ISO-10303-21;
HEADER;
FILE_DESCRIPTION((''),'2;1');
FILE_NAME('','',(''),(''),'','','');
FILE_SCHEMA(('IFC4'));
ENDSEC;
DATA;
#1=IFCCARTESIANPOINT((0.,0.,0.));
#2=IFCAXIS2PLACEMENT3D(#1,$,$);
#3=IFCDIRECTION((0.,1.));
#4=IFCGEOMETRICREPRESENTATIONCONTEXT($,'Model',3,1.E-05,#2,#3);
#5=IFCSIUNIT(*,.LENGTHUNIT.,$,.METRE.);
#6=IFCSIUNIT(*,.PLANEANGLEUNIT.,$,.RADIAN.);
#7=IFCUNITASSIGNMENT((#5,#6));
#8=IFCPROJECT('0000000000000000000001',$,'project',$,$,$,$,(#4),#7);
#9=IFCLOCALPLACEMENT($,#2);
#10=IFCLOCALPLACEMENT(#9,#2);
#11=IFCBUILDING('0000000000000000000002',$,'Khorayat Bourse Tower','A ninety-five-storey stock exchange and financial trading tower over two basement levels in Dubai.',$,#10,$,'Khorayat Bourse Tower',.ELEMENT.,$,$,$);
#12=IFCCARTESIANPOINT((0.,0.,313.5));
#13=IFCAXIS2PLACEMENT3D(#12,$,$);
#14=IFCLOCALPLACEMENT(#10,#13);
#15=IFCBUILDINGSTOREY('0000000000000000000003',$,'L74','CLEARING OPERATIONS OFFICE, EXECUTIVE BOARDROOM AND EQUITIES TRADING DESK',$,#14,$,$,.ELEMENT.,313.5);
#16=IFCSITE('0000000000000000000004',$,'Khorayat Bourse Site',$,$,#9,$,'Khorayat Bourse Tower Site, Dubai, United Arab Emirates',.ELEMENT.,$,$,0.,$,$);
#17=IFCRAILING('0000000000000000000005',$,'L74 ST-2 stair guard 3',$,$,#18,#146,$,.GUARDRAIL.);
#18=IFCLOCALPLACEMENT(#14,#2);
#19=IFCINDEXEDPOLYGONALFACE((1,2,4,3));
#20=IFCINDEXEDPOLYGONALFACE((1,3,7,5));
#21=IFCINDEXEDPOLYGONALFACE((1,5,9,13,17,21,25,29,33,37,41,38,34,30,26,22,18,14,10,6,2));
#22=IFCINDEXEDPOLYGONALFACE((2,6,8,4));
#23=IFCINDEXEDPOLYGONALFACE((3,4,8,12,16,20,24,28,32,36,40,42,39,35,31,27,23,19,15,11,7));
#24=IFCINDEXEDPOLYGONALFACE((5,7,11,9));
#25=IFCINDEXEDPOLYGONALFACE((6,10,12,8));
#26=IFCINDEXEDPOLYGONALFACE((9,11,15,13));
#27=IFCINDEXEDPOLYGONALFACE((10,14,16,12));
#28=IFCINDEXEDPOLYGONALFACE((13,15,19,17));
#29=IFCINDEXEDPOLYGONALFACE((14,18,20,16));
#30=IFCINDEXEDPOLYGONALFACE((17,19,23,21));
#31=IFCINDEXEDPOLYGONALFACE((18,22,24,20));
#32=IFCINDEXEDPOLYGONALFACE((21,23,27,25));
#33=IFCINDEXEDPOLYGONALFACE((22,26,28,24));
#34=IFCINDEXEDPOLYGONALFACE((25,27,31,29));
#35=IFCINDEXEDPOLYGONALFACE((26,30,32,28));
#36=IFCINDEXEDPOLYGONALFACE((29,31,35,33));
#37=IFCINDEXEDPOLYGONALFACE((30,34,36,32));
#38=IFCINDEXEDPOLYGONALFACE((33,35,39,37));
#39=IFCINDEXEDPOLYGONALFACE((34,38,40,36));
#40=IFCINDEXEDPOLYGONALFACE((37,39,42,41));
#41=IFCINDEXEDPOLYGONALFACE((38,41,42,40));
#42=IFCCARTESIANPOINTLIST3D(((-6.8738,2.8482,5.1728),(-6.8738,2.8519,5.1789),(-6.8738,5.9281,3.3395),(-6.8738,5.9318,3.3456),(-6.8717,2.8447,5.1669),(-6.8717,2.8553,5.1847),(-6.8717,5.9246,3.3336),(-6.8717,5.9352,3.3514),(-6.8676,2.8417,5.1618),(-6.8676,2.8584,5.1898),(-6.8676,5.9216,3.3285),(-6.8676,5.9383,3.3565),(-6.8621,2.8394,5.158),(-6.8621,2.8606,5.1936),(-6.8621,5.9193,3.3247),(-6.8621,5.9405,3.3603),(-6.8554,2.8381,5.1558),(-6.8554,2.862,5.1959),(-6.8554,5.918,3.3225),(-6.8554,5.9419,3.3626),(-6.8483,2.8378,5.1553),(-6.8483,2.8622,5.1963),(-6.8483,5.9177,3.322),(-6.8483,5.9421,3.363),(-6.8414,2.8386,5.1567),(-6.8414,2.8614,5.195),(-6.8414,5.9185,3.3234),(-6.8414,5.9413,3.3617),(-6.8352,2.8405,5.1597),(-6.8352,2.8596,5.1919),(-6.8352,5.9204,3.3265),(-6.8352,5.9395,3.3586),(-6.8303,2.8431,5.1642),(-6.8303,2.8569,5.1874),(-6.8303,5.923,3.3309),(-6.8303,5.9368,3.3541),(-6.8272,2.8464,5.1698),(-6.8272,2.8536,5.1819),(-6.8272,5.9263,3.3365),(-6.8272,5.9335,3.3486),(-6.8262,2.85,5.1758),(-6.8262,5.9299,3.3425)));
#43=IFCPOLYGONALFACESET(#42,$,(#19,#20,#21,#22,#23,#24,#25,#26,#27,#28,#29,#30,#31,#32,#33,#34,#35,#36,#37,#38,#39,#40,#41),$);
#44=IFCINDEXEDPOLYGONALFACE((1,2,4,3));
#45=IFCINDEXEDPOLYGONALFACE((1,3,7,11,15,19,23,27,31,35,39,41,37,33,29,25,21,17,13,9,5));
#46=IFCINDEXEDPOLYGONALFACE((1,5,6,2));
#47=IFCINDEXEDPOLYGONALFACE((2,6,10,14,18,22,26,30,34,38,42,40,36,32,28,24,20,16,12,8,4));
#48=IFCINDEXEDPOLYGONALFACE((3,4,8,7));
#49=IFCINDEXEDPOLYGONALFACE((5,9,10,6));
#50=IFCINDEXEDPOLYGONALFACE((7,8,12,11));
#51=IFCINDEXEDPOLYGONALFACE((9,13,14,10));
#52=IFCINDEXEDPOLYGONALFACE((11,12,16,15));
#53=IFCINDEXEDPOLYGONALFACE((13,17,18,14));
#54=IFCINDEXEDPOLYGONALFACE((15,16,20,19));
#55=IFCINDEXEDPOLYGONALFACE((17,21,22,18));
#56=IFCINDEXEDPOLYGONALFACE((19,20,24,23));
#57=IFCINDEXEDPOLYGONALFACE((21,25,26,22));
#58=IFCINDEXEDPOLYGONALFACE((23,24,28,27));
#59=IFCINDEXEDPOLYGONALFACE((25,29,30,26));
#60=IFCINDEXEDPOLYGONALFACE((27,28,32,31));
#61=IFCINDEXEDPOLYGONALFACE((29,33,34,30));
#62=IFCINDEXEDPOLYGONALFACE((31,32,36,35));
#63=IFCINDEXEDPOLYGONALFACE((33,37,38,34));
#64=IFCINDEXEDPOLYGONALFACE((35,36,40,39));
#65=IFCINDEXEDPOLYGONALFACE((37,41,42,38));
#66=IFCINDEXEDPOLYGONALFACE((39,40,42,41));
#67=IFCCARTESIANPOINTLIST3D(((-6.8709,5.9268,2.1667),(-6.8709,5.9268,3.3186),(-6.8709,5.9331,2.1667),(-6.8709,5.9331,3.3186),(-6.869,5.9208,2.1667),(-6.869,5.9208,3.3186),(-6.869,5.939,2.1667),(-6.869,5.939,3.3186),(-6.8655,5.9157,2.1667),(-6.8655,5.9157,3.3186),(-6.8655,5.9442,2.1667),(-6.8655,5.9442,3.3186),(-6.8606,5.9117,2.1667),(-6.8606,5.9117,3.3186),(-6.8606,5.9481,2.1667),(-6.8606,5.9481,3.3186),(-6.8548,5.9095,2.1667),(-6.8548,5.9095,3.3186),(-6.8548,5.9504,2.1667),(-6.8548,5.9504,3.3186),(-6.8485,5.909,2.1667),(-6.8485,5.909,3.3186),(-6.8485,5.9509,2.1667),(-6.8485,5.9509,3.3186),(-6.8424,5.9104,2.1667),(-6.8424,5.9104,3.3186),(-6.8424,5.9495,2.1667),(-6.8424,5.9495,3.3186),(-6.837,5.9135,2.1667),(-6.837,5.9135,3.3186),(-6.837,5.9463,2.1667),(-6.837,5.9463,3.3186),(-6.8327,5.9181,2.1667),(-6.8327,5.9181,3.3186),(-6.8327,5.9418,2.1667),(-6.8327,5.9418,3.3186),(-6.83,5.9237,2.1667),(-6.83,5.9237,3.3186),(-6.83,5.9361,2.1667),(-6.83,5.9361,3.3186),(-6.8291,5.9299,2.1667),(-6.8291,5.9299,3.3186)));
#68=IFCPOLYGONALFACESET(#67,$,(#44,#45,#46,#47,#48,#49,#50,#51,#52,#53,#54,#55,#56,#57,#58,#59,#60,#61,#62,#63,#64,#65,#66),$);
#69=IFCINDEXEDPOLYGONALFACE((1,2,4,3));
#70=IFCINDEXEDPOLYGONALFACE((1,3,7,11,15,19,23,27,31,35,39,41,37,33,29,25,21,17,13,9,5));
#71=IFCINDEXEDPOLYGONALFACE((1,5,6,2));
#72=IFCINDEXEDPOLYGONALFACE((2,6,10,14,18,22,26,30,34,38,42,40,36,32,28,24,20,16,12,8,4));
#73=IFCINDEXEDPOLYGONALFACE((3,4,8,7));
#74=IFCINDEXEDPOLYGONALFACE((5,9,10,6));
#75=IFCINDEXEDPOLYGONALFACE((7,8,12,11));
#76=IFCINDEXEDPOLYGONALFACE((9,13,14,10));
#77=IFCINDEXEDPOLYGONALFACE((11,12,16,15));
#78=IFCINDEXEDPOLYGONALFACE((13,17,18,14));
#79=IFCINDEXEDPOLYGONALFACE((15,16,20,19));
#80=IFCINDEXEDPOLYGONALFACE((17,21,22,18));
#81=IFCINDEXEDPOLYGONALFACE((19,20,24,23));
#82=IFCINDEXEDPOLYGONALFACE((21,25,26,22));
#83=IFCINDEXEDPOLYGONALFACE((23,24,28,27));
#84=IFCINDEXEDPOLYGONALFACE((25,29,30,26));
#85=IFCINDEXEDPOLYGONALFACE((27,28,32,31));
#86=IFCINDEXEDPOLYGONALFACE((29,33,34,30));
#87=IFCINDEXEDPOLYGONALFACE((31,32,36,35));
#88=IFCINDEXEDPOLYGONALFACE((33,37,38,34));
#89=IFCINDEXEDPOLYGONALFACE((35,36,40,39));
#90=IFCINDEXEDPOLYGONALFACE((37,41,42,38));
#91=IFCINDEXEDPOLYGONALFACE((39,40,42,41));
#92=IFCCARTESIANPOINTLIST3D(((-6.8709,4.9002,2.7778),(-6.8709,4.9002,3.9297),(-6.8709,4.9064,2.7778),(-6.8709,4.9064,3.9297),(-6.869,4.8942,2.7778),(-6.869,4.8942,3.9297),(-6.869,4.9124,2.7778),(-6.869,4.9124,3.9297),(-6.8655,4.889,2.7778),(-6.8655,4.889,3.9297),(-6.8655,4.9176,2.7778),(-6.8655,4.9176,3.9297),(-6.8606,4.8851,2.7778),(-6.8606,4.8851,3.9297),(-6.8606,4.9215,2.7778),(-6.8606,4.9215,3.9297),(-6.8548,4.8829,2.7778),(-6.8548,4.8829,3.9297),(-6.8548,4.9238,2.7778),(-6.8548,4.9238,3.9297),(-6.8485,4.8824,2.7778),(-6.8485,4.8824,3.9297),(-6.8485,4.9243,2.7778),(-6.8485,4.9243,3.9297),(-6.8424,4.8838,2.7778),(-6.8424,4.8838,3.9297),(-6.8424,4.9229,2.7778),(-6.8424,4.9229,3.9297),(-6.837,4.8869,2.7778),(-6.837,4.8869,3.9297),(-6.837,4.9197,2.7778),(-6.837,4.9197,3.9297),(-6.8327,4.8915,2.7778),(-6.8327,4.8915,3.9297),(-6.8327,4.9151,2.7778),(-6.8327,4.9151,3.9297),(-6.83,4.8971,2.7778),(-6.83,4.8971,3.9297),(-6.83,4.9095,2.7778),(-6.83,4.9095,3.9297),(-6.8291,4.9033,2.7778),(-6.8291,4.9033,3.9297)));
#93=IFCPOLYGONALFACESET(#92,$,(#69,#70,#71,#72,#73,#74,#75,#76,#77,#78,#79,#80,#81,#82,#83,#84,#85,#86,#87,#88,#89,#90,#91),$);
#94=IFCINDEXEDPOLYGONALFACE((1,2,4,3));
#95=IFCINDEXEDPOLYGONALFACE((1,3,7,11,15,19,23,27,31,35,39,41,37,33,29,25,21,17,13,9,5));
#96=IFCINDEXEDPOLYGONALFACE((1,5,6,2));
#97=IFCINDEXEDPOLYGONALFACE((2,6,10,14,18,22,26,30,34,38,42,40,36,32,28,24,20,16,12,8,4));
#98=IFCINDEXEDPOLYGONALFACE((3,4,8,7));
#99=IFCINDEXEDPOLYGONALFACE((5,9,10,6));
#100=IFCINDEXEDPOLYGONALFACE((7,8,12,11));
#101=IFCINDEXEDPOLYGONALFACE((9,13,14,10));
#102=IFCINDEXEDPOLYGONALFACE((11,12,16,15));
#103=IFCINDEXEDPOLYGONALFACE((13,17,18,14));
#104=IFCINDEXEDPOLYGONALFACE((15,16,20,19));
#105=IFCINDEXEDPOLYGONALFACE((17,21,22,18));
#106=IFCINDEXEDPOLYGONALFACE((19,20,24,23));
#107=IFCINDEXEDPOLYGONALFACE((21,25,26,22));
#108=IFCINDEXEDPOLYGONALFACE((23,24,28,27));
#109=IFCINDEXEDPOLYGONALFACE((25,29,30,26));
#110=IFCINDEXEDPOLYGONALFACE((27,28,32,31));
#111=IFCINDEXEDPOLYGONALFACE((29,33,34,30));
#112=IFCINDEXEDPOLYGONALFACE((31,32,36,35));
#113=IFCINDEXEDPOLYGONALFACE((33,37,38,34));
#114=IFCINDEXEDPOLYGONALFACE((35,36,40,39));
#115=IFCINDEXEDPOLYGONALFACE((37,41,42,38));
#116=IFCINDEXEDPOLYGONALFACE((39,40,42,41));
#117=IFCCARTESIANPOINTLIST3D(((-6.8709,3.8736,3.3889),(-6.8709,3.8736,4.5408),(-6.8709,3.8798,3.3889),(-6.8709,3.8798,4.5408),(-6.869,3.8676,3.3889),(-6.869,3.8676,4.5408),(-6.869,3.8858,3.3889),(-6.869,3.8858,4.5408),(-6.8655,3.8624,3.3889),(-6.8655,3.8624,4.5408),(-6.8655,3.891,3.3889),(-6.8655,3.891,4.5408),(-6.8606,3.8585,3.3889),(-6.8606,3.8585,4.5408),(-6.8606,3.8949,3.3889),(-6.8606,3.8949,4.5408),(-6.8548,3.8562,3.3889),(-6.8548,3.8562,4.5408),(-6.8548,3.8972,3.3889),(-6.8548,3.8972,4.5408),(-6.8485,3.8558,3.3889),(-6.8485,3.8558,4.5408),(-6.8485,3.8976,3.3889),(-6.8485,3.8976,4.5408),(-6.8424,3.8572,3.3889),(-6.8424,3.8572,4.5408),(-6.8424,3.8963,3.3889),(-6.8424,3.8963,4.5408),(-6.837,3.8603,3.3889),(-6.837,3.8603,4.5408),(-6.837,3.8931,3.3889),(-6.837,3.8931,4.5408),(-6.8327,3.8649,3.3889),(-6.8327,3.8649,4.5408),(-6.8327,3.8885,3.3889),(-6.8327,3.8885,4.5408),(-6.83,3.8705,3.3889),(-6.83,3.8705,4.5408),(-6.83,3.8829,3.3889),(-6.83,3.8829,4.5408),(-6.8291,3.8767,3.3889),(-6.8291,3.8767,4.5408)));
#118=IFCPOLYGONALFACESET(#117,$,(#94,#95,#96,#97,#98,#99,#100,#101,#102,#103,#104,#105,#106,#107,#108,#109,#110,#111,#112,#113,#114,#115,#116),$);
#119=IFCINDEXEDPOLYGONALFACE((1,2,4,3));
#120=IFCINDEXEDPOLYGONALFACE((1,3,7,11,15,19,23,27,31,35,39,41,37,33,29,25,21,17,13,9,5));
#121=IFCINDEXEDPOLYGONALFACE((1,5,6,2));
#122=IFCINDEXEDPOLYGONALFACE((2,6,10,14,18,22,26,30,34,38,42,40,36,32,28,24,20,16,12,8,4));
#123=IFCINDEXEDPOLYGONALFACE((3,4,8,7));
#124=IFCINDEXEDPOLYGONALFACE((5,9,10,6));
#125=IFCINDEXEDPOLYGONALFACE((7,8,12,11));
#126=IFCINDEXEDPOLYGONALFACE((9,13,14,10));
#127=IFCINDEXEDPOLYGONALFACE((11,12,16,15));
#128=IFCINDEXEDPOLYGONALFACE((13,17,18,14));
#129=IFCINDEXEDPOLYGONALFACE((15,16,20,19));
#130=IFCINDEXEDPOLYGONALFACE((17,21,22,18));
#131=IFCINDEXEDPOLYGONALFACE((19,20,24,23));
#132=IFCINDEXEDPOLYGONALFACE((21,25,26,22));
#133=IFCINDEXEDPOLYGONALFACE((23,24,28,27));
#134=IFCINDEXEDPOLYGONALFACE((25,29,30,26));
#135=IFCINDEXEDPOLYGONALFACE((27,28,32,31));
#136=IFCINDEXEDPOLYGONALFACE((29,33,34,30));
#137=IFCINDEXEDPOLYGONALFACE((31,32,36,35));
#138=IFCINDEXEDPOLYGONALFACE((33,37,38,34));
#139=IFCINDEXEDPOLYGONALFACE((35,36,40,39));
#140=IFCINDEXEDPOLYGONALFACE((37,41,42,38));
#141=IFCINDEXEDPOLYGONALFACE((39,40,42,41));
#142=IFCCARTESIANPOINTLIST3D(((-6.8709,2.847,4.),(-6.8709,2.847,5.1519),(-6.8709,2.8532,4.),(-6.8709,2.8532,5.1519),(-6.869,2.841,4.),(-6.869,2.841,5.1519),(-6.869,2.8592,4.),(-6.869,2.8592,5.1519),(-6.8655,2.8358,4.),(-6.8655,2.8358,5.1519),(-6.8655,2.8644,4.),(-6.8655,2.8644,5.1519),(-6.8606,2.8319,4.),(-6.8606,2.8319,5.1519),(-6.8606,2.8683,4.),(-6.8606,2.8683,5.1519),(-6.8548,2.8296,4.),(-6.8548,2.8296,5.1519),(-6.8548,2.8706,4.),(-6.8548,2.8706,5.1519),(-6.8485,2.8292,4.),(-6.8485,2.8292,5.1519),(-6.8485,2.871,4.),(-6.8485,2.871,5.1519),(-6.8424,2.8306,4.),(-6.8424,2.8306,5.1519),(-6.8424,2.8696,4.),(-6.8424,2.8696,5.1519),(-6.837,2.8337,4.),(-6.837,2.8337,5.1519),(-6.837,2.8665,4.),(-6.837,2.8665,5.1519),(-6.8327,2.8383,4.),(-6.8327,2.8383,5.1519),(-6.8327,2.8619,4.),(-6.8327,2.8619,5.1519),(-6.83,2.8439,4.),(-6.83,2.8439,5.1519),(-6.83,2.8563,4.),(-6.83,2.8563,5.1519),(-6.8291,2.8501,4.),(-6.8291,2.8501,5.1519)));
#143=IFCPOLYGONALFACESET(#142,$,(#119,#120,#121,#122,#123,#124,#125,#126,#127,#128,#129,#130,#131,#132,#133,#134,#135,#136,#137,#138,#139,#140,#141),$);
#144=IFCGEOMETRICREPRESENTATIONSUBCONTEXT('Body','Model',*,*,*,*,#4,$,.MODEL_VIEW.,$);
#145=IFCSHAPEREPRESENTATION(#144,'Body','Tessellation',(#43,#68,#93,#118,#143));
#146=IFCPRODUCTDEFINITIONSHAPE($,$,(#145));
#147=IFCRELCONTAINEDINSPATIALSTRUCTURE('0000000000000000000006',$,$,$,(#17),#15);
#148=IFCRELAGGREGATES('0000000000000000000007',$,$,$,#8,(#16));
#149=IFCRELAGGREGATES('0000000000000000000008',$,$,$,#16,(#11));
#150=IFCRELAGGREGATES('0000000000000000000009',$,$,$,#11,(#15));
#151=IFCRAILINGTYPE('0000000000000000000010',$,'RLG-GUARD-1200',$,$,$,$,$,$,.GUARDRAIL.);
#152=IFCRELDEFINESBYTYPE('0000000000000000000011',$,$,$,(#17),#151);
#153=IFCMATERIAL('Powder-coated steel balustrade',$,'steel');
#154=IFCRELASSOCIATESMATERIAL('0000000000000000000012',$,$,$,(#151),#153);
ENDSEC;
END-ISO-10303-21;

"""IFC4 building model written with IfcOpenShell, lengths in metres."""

from ifc_helpers import new_model, si_unit, direction, frame, origin, origin_2d, place, context, subcontext, project, spatial, circle, extrude, source, transform, mapped, material, type_object, element, save


model = new_model("IFC4")

# Units and contexts
model_context = context("Model", 3, precision=1e-05, world=origin(), true_north=direction((0.0, 1.0)))
body_context = subcontext(model_context, "Body", "Model", "MODEL_VIEW")
ifc_project = project(units=[si_unit("LENGTHUNIT", "METRE"), si_unit("PLANEANGLEUNIT", "RADIAN")], contexts=[model_context])

# Site, building, storey
site_placement = place(None, origin())
site = spatial("IfcSite", under=ifc_project, at=site_placement, Name="Khorayat Bourse Site", LongName="Khorayat Bourse Tower Site, Dubai, United Arab Emirates", CompositionType="ELEMENT", RefElevation=0.0)
building_placement = place(site_placement, origin())
building = spatial("IfcBuilding", under=site, at=building_placement, Name="Khorayat Bourse Tower", Description="A ninety-five-storey stock exchange and financial trading tower over two basement levels in Dubai.", LongName="Khorayat Bourse Tower", CompositionType="ELEMENT")
storey_placement = place(building_placement, frame((0.0, 0.0, 313.5)))
storey = spatial("IfcBuildingStorey", under=building, at=storey_placement, Name="L74", Description="CLEARING OPERATIONS OFFICE, EXECUTIVE BOARDROOM AND EQUITIES TRADING DESK", CompositionType="ELEMENT", Elevation=313.5)

# Railing
ifc_material_1 = material(Name="Powder-coated steel balustrade", Category="steel")
railing_type_1 = type_object("IfcRailingType", Name="RLG-GUARD-1200", PredefinedType="GUARDRAIL", material=ifc_material_1)
shared_shape_1 = source(origin(), body_context, "Body", "SweptSolid", [
    extrude(circle(Radius=0.0239, at=origin_2d()), frame((0.0, 0.0, 1.1758), z_axis=(0.0, -0.859291, 0.511487), x_axis=(1.0, 0.0, 0.0)), (0.0, 0.0, 1.0), 3.5842),
    extrude(circle(Radius=0.021, at=origin_2d()), origin(), (0.0, 0.0, 1.0), 1.1519),
    extrude(circle(Radius=0.021, at=origin_2d()), frame((0.0, -1.0266, 0.6111)), (0.0, 0.0, 1.0), 1.1519),
    extrude(circle(Radius=0.021, at=origin_2d()), frame((0.0, -2.0532, 1.2222)), (0.0, 0.0, 1.0), 1.1519),
    extrude(circle(Radius=0.021, at=origin_2d()), frame((0.0, -3.0798, 1.8333)), (0.0, 0.0, 1.0), 1.1519),
])
railing_1_placement = place(storey_placement, frame((-6.8501, 5.9299, 2.1667)))
element("IfcRailing", 1, at=railing_1_placement, inside=storey, type_object=railing_type_1, Name="L74 ST-2 stair guard 3", PredefinedType="GUARDRAIL", context=body_context, shape_type="MappedRepresentation", body=[
    mapped(shared_shape_1, transform((0.0, 0.0, 0.0), scale=1.0)),
])

save(model, "model.ifc")
